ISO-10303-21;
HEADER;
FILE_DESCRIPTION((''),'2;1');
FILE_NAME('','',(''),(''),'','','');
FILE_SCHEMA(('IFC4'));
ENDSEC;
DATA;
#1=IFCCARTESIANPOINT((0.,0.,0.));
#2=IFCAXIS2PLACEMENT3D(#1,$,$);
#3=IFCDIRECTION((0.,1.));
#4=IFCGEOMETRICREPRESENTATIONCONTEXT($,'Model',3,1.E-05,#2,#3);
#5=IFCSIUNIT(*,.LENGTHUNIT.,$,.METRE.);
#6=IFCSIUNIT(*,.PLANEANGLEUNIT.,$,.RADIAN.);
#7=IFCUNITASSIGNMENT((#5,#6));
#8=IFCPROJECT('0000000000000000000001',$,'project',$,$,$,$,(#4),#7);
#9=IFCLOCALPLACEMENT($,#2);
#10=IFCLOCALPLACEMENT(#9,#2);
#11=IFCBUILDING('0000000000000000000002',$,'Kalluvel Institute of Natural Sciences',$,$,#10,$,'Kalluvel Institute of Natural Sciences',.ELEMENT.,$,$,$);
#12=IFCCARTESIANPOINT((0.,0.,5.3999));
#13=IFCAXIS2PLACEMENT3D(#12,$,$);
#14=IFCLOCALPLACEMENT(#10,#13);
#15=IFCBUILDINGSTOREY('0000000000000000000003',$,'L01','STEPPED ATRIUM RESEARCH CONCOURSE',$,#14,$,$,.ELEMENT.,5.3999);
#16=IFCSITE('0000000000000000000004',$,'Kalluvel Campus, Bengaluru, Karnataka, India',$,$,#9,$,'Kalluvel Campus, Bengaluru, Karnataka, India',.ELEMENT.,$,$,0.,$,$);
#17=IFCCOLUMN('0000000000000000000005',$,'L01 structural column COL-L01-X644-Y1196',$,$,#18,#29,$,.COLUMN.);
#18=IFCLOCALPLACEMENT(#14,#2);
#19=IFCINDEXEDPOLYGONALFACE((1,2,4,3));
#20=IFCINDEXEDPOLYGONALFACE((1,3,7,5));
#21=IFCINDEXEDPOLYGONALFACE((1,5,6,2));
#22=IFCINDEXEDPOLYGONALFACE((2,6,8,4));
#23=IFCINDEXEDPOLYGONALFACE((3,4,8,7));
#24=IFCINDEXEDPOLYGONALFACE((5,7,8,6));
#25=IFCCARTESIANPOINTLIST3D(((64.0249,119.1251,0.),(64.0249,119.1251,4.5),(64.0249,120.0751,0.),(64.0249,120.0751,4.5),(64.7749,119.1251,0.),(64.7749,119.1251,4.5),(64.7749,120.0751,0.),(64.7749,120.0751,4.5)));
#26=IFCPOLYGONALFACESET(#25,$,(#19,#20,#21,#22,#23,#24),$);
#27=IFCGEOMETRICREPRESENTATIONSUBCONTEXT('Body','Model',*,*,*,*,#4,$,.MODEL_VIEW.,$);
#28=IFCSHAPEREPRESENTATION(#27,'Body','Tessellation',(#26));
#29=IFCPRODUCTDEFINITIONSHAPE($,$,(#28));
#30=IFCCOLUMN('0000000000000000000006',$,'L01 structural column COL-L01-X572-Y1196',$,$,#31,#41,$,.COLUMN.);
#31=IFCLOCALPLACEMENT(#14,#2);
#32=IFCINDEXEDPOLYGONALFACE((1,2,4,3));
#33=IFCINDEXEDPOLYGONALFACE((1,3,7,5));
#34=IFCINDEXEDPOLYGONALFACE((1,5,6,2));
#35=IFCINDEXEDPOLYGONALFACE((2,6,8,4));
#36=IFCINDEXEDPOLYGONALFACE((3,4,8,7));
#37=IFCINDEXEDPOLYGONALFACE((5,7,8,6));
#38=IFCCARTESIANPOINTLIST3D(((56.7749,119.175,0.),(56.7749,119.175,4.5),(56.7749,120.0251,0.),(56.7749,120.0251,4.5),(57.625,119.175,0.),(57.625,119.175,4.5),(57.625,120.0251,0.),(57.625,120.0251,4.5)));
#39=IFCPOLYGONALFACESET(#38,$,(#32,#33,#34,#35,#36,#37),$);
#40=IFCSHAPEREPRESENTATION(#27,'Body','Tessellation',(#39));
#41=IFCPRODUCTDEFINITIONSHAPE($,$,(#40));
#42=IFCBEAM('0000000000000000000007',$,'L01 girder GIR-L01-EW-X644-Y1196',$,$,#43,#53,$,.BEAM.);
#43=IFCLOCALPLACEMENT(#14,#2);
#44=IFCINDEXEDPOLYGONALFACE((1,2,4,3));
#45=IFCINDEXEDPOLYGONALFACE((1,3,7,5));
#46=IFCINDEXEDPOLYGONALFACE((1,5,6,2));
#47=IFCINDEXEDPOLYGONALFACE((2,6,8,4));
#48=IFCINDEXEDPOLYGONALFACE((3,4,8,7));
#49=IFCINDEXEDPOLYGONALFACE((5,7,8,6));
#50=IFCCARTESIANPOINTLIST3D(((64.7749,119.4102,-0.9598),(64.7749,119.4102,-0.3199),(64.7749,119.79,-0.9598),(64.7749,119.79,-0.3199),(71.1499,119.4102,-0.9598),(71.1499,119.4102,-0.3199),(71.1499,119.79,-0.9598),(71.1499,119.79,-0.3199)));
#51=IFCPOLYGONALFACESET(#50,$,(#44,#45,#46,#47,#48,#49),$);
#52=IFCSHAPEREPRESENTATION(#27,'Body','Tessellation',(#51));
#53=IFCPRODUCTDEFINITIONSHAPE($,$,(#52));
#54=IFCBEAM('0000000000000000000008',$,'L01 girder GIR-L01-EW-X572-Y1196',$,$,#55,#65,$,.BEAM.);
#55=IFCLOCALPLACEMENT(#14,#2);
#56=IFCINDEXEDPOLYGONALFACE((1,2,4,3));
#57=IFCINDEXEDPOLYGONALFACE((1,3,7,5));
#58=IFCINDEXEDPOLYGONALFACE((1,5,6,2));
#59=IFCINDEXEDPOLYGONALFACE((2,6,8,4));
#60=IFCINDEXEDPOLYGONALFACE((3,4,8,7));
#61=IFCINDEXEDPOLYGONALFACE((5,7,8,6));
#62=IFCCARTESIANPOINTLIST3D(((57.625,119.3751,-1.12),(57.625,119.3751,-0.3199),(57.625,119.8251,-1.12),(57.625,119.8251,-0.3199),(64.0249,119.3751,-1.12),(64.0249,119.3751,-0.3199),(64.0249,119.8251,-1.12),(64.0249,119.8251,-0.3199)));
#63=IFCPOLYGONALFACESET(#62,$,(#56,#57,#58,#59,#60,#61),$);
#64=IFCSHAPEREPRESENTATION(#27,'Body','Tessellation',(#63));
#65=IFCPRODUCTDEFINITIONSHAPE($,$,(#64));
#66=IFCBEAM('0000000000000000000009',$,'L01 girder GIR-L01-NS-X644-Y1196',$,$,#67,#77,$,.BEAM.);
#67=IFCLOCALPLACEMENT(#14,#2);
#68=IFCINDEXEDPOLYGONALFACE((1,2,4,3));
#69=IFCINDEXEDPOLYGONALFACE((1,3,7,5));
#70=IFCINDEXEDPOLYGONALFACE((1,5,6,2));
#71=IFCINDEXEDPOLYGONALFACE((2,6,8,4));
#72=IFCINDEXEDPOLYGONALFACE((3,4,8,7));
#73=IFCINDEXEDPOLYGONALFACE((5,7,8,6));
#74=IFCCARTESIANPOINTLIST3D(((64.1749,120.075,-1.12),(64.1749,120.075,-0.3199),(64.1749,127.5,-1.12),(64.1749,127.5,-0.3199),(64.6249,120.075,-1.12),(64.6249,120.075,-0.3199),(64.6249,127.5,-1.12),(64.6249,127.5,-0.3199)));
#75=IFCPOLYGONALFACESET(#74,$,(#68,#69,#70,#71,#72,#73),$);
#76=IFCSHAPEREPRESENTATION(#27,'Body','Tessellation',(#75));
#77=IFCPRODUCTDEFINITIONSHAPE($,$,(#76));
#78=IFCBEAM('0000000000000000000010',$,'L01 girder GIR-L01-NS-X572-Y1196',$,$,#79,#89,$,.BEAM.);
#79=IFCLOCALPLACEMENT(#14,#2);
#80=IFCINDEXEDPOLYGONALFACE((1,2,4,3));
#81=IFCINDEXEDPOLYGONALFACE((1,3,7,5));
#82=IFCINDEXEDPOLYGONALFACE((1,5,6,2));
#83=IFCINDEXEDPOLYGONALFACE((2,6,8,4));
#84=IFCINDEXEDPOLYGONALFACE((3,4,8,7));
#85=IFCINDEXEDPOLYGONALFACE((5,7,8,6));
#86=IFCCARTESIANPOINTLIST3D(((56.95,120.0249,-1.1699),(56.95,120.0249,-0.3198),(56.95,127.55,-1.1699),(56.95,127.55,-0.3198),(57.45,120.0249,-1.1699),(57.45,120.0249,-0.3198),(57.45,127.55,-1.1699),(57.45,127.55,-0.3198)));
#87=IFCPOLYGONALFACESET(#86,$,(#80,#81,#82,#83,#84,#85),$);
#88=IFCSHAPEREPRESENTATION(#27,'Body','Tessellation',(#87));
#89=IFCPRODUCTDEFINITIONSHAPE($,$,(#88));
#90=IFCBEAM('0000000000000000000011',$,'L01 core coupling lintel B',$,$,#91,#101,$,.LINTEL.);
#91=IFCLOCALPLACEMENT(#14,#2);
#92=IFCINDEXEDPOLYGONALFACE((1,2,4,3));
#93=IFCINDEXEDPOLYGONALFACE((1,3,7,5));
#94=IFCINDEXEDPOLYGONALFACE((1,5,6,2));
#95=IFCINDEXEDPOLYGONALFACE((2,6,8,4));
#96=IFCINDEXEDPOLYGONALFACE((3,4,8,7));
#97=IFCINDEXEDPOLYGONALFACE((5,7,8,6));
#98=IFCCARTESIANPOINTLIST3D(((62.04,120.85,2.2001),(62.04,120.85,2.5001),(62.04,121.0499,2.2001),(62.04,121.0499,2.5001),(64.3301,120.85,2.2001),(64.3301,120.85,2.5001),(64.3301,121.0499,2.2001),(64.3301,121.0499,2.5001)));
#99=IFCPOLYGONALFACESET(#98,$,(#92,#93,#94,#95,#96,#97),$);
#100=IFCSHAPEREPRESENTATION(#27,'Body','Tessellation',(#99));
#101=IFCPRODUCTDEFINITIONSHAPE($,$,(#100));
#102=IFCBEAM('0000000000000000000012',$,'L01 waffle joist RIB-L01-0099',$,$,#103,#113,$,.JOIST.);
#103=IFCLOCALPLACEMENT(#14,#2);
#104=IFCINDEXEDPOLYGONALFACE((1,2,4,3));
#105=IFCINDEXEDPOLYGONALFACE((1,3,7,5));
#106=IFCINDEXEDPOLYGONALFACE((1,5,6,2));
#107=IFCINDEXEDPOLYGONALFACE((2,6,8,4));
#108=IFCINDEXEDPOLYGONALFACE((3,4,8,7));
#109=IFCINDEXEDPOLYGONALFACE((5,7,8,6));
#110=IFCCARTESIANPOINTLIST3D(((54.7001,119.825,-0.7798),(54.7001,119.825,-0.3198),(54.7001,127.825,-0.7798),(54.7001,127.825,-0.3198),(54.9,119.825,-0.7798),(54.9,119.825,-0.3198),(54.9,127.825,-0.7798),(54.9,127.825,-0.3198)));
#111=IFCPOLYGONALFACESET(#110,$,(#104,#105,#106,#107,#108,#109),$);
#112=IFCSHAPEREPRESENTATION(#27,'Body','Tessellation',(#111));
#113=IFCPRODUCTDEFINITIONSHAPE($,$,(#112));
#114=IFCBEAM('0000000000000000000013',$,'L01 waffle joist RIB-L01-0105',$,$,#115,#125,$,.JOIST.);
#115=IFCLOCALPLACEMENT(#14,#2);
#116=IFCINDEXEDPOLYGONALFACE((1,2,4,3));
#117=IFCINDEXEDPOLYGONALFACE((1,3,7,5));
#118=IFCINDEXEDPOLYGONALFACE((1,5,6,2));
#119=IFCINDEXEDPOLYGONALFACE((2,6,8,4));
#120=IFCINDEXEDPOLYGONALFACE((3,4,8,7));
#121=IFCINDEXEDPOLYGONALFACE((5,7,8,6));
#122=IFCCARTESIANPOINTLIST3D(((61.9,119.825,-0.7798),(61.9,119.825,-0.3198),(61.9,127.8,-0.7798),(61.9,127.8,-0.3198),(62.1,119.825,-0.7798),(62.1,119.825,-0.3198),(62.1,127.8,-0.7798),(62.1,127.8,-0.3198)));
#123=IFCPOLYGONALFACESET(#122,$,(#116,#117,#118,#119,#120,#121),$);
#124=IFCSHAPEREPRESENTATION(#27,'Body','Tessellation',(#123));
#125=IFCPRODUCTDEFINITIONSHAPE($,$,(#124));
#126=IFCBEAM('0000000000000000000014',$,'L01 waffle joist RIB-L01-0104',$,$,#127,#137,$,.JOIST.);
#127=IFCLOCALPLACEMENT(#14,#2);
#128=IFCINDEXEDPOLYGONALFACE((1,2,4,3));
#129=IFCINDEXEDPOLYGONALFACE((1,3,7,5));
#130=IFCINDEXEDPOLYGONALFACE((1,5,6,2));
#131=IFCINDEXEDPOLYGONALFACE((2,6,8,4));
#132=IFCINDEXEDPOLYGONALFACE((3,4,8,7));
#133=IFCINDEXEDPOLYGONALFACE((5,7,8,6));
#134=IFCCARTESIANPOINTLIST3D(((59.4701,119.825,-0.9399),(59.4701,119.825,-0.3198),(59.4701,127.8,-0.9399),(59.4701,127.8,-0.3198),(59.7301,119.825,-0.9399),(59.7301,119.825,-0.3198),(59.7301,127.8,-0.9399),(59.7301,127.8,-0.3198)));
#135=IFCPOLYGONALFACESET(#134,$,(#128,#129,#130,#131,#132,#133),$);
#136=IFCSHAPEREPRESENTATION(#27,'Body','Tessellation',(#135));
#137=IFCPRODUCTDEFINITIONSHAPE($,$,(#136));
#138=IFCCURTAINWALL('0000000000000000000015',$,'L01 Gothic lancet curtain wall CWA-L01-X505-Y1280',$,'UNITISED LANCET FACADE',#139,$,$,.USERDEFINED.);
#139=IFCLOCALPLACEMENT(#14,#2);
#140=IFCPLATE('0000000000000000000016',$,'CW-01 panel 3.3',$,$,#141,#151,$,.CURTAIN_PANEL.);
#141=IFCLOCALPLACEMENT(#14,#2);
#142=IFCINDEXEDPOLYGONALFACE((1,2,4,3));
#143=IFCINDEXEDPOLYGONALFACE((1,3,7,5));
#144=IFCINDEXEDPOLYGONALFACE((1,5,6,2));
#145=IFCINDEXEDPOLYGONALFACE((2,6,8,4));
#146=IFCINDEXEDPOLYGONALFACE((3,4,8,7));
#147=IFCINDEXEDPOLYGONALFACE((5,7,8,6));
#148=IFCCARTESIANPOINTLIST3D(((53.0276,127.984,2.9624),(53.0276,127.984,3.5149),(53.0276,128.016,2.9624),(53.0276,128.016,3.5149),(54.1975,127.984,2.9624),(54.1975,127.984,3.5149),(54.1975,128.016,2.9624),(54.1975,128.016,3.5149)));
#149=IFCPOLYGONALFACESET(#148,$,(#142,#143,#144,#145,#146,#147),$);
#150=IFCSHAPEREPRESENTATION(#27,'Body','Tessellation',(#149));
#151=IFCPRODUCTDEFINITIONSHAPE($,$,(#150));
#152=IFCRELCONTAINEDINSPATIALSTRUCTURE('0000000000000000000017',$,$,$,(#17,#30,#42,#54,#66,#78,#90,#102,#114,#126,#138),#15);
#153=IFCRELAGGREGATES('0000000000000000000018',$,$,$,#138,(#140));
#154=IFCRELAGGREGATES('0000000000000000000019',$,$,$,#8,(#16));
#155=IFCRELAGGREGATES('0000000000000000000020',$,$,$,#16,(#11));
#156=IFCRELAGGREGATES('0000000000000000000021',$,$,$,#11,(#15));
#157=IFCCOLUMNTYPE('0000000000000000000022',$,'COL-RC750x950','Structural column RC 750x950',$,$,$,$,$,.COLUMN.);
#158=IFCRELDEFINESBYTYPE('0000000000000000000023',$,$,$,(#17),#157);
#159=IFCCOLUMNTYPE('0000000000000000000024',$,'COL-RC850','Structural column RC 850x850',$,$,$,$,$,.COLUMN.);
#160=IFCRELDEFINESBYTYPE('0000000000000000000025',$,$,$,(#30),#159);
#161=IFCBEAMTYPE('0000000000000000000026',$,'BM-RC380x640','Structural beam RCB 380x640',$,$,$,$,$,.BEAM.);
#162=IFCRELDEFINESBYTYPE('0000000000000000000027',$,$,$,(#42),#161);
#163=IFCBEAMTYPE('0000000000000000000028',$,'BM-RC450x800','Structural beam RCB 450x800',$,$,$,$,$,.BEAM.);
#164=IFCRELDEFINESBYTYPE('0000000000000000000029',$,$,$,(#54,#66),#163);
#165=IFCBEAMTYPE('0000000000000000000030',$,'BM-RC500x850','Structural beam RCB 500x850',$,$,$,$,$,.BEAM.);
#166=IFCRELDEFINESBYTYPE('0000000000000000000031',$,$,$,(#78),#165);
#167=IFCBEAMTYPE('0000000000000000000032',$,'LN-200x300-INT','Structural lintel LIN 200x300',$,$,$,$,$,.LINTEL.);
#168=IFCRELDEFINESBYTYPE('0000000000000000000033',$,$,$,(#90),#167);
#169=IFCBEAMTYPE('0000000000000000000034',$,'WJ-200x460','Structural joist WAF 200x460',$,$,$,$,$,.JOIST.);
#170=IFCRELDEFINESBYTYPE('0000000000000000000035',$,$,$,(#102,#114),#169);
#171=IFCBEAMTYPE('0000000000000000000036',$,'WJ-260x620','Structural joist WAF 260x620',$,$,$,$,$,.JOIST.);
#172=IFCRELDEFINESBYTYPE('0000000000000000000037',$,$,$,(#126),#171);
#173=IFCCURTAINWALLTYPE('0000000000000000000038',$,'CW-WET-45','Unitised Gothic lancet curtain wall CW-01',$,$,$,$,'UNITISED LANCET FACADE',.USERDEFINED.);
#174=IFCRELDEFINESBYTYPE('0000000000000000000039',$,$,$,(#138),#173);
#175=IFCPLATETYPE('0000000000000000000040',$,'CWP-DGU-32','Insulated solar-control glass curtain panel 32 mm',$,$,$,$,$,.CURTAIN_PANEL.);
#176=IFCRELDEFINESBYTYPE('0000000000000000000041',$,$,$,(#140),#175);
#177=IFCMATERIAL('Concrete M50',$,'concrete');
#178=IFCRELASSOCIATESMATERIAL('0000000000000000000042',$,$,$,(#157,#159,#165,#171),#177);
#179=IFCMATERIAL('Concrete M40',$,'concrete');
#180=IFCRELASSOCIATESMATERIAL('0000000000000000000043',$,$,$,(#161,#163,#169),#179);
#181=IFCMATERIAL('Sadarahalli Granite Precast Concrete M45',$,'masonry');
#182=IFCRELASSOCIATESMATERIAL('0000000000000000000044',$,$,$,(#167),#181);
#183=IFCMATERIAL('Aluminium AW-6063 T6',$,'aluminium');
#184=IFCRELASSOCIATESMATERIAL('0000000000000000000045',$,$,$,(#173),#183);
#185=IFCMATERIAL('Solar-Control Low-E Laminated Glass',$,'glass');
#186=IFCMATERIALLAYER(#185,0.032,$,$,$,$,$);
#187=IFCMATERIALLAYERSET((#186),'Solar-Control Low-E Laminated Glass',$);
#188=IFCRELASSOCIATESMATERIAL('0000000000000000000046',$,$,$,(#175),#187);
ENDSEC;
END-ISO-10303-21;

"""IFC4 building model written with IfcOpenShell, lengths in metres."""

from ifc_helpers import new_model, si_unit, direction, frame, origin, origin_2d, place, context, subcontext, project, spatial, rectangle, extrude, material, layer, layer_set, material_profile, profile_set, type_object, element, aggregate, save


model = new_model("IFC4")

# Units and contexts
model_context = context("Model", 3, precision=1e-05, world=origin(), true_north=direction((0.0, 1.0)))
body_context = subcontext(model_context, "Body", "Model", "MODEL_VIEW")
ifc_project = project(units=[si_unit("LENGTHUNIT", "METRE"), si_unit("PLANEANGLEUNIT", "RADIAN")], contexts=[model_context])

# Site, building, storey
site_placement = place(None, origin())
site = spatial("IfcSite", under=ifc_project, at=site_placement, Name="Kalluvel Campus, Bengaluru, Karnataka, India", LongName="Kalluvel Campus, Bengaluru, Karnataka, India", CompositionType="ELEMENT", RefElevation=0.0)
building_placement = place(site_placement, origin())
building = spatial("IfcBuilding", under=site, at=building_placement, Name="Kalluvel Institute of Natural Sciences", LongName="Kalluvel Institute of Natural Sciences", CompositionType="ELEMENT")
storey_placement = place(building_placement, frame((0.0, 0.0, 5.3999)))
storey = spatial("IfcBuildingStorey", under=building, at=storey_placement, Name="L01", Description="STEPPED ATRIUM RESEARCH CONCOURSE", CompositionType="ELEMENT", Elevation=5.3999)

# Columns
ifc_material_1 = material(Name="Concrete M50", Category="concrete")
ifc_material_profile_1 = material_profile(ifc_material_1, rectangle(XDim=0.75, YDim=0.95, at=origin_2d()), Name="RC 750x950")
ifc_profile_set_1 = profile_set([ifc_material_profile_1], Name="Concrete M50")
column_type_1 = type_object("IfcColumnType", Name="COL-RC750x950", Description="Structural column RC 750x950", PredefinedType="COLUMN", material=ifc_profile_set_1)
column_1_placement = place(storey_placement, frame((64.3999, 119.6001, 0.0), z_axis=(0.0, 0.0, 1.0), x_axis=(1.0, 0.0, 0.0)))
element("IfcColumn", 1, at=column_1_placement, inside=storey, type_object=column_type_1, Name="L01 structural column COL-L01-X644-Y1196", PredefinedType="COLUMN", context=body_context, shape_type="SweptSolid", body=[
    extrude(rectangle(XDim=0.75, YDim=0.95, at=origin_2d()), origin(), (0.0, 0.0, 1.0), 4.5),
])
ifc_material_profile_2 = material_profile(ifc_material_1, rectangle(XDim=0.8501, YDim=0.8501, at=origin_2d()), Name="RC 850x850")
ifc_profile_set_2 = profile_set([ifc_material_profile_2], Name="Concrete M50")
column_type_2 = type_object("IfcColumnType", Name="COL-RC850", Description="Structural column RC 850x850", PredefinedType="COLUMN", material=ifc_profile_set_2)
column_2_placement = place(storey_placement, frame((57.2, 119.6001, 0.0), z_axis=(0.0, 0.0, 1.0), x_axis=(1.0, 0.0, 0.0)))
element("IfcColumn", 2, at=column_2_placement, inside=storey, type_object=column_type_2, Name="L01 structural column COL-L01-X572-Y1196", PredefinedType="COLUMN", context=body_context, shape_type="SweptSolid", body=[
    extrude(rectangle(XDim=0.8501, YDim=0.8501, at=origin_2d()), origin(), (0.0, 0.0, 1.0), 4.5),
])

# Beams
ifc_material_2 = material(Name="Concrete M40", Category="concrete")
ifc_material_profile_3 = material_profile(ifc_material_2, rectangle(XDim=0.3799, YDim=0.6399, at=origin_2d()), Name="RCB 380x640")
ifc_profile_set_3 = profile_set([ifc_material_profile_3], Name="Concrete M40")
beam_type_1 = type_object("IfcBeamType", Name="BM-RC380x640", Description="Structural beam RCB 380x640", PredefinedType="BEAM", material=ifc_profile_set_3)
beam_1_placement = place(storey_placement, frame((64.7749, 119.6001, -0.6399), z_axis=(1.0, 0.0, 0.0), x_axis=(0.0, 1.0, 0.0)))
element("IfcBeam", 3, at=beam_1_placement, inside=storey, type_object=beam_type_1, Name="L01 girder GIR-L01-EW-X644-Y1196", PredefinedType="BEAM", context=body_context, shape_type="SweptSolid", body=[
    extrude(rectangle(XDim=0.3799, YDim=0.6399, at=origin_2d()), origin(), (0.0, 0.0, 1.0), 6.375),
])
ifc_material_profile_4 = material_profile(ifc_material_2, rectangle(XDim=0.45, YDim=0.8, at=origin_2d()), Name="RCB 450x800")
ifc_profile_set_4 = profile_set([ifc_material_profile_4], Name="Concrete M40")
beam_type_2 = type_object("IfcBeamType", Name="BM-RC450x800", Description="Structural beam RCB 450x800", PredefinedType="BEAM", material=ifc_profile_set_4)
beam_2_placement = place(storey_placement, frame((57.625, 119.6001, -0.72), z_axis=(1.0, 0.0, 0.0), x_axis=(0.0, 1.0, 0.0)))
element("IfcBeam", 4, at=beam_2_placement, inside=storey, type_object=beam_type_2, Name="L01 girder GIR-L01-EW-X572-Y1196", PredefinedType="BEAM", context=body_context, shape_type="SweptSolid", body=[
    extrude(rectangle(XDim=0.45, YDim=0.8, at=origin_2d()), origin(), (0.0, 0.0, 1.0), 6.3999),
])
beam_3_placement = place(storey_placement, frame((64.3999, 120.075, -0.72), z_axis=(0.0, 1.0, 0.0), x_axis=(-1.0, 0.0, 0.0)))
element("IfcBeam", 5, at=beam_3_placement, inside=storey, type_object=beam_type_2, Name="L01 girder GIR-L01-NS-X644-Y1196", PredefinedType="BEAM", context=body_context, shape_type="SweptSolid", body=[
    extrude(rectangle(XDim=0.45, YDim=0.8, at=origin_2d()), origin(), (0.0, 0.0, 1.0), 7.425),
])
ifc_material_profile_5 = material_profile(ifc_material_1, rectangle(XDim=0.5, YDim=0.8501, at=origin_2d()), Name="RCB 500x850")
ifc_profile_set_5 = profile_set([ifc_material_profile_5], Name="Concrete M50")
beam_type_3 = type_object("IfcBeamType", Name="BM-RC500x850", Description="Structural beam RCB 500x850", PredefinedType="BEAM", material=ifc_profile_set_5)
beam_4_placement = place(storey_placement, frame((57.2, 120.0249, -0.7449), z_axis=(0.0, 1.0, 0.0), x_axis=(-1.0, 0.0, 0.0)))
element("IfcBeam", 6, at=beam_4_placement, inside=storey, type_object=beam_type_3, Name="L01 girder GIR-L01-NS-X572-Y1196", PredefinedType="BEAM", context=body_context, shape_type="SweptSolid", body=[
    extrude(rectangle(XDim=0.5, YDim=0.8501, at=origin_2d()), origin(), (0.0, 0.0, 1.0), 7.5251),
])
ifc_material_3 = material(Name="Sadarahalli Granite Precast Concrete M45", Category="masonry")
ifc_material_profile_6 = material_profile(ifc_material_3, rectangle(XDim=0.2, YDim=0.3, at=origin_2d()), Name="LIN 200x300")
ifc_profile_set_6 = profile_set([ifc_material_profile_6], Name="Sadarahalli Granite Precast Concrete M45")
beam_type_4 = type_object("IfcBeamType", Name="LN-200x300-INT", Description="Structural lintel LIN 200x300", PredefinedType="LINTEL", material=ifc_profile_set_6)
beam_5_placement = place(storey_placement, frame((62.04, 120.95, 2.3501), z_axis=(1.0, 0.0, 0.0), x_axis=(0.0, 1.0, 0.0)))
element("IfcBeam", 7, at=beam_5_placement, inside=storey, type_object=beam_type_4, Name="L01 core coupling lintel B", PredefinedType="LINTEL", context=body_context, shape_type="SweptSolid", body=[
    extrude(rectangle(XDim=0.2, YDim=0.3, at=origin_2d()), origin(), (0.0, 0.0, 1.0), 2.29),
])
ifc_material_profile_7 = material_profile(ifc_material_2, rectangle(XDim=0.2, YDim=0.46, at=origin_2d()), Name="WAF 200x460")
ifc_profile_set_7 = profile_set([ifc_material_profile_7], Name="Concrete M40")
beam_type_5 = type_object("IfcBeamType", Name="WJ-200x460", Description="Structural joist WAF 200x460", PredefinedType="JOIST", material=ifc_profile_set_7)
beam_6_placement = place(storey_placement, frame((54.8, 119.825, -0.5498), z_axis=(0.0, 1.0, 0.0), x_axis=(-1.0, 0.0, 0.0)))
element("IfcBeam", 8, at=beam_6_placement, inside=storey, type_object=beam_type_5, Name="L01 waffle joist RIB-L01-0099", PredefinedType="JOIST", context=body_context, shape_type="SweptSolid", body=[
    extrude(rectangle(XDim=0.2, YDim=0.46, at=origin_2d()), origin(), (0.0, 0.0, 1.0), 8.0),
])
beam_7_placement = place(storey_placement, frame((62.0, 119.825, -0.5498), z_axis=(0.0, 1.0, 0.0), x_axis=(-1.0, 0.0, 0.0)))
element("IfcBeam", 9, at=beam_7_placement, inside=storey, type_object=beam_type_5, Name="L01 waffle joist RIB-L01-0105", PredefinedType="JOIST", context=body_context, shape_type="SweptSolid", body=[
    extrude(rectangle(XDim=0.2, YDim=0.46, at=origin_2d()), origin(), (0.0, 0.0, 1.0), 7.9751),
])
ifc_material_profile_8 = material_profile(ifc_material_1, rectangle(XDim=0.26, YDim=0.6201, at=origin_2d()), Name="WAF 260x620")
ifc_profile_set_8 = profile_set([ifc_material_profile_8], Name="Concrete M50")
beam_type_6 = type_object("IfcBeamType", Name="WJ-260x620", Description="Structural joist WAF 260x620", PredefinedType="JOIST", material=ifc_profile_set_8)
beam_8_placement = place(storey_placement, frame((59.6001, 119.825, -0.6299), z_axis=(0.0, 1.0, 0.0), x_axis=(-1.0, 0.0, 0.0)))
element("IfcBeam", 10, at=beam_8_placement, inside=storey, type_object=beam_type_6, Name="L01 waffle joist RIB-L01-0104", PredefinedType="JOIST", context=body_context, shape_type="SweptSolid", body=[
    extrude(rectangle(XDim=0.26, YDim=0.6201, at=origin_2d()), origin(), (0.0, 0.0, 1.0), 7.9751),
])

# Curtain wall, plate
ifc_material_4 = material(Name="Aluminium AW-6063 T6", Category="aluminium")
curtain_wall_type = type_object("IfcCurtainWallType", Name="CW-WET-45", Description="Unitised Gothic lancet curtain wall CW-01", ElementType="UNITISED LANCET FACADE", PredefinedType="USERDEFINED", material=ifc_material_4)
curtain_wall_placement = place(storey_placement, origin())
curtain_wall = element("IfcCurtainWall", 11, at=curtain_wall_placement, inside=storey, type_object=curtain_wall_type, Name="L01 Gothic lancet curtain wall CWA-L01-X505-Y1280", ObjectType="UNITISED LANCET FACADE", PredefinedType="USERDEFINED")
ifc_material_5 = material(Name="Solar-Control Low-E Laminated Glass", Category="glass")
ifc_layer_1 = layer(ifc_material_5, 0.032)
ifc_layer_set_1 = layer_set([ifc_layer_1], Name="Solar-Control Low-E Laminated Glass")
plate_type = type_object("IfcPlateType", Name="CWP-DGU-32", Description="Insulated solar-control glass curtain panel 32 mm", PredefinedType="CURTAIN_PANEL", material=ifc_layer_set_1)
plate_placement = place(storey_placement, frame((53.6125, 128.0, 2.9624), z_axis=(0.0, 0.0, 1.0), x_axis=(1.0, 0.0, 0.0)))
plate = element("IfcPlate", 12, at=plate_placement, type_object=plate_type, Name="CW-01 panel 3.3", PredefinedType="CURTAIN_PANEL", context=body_context, shape_type="SweptSolid", body=[
    extrude(rectangle(XDim=1.1699, YDim=0.032, at=origin_2d()), origin(), (0.0, 0.0, 1.0), 0.5525),
])
aggregate(curtain_wall, [plate])

save(model, "model.ifc")
